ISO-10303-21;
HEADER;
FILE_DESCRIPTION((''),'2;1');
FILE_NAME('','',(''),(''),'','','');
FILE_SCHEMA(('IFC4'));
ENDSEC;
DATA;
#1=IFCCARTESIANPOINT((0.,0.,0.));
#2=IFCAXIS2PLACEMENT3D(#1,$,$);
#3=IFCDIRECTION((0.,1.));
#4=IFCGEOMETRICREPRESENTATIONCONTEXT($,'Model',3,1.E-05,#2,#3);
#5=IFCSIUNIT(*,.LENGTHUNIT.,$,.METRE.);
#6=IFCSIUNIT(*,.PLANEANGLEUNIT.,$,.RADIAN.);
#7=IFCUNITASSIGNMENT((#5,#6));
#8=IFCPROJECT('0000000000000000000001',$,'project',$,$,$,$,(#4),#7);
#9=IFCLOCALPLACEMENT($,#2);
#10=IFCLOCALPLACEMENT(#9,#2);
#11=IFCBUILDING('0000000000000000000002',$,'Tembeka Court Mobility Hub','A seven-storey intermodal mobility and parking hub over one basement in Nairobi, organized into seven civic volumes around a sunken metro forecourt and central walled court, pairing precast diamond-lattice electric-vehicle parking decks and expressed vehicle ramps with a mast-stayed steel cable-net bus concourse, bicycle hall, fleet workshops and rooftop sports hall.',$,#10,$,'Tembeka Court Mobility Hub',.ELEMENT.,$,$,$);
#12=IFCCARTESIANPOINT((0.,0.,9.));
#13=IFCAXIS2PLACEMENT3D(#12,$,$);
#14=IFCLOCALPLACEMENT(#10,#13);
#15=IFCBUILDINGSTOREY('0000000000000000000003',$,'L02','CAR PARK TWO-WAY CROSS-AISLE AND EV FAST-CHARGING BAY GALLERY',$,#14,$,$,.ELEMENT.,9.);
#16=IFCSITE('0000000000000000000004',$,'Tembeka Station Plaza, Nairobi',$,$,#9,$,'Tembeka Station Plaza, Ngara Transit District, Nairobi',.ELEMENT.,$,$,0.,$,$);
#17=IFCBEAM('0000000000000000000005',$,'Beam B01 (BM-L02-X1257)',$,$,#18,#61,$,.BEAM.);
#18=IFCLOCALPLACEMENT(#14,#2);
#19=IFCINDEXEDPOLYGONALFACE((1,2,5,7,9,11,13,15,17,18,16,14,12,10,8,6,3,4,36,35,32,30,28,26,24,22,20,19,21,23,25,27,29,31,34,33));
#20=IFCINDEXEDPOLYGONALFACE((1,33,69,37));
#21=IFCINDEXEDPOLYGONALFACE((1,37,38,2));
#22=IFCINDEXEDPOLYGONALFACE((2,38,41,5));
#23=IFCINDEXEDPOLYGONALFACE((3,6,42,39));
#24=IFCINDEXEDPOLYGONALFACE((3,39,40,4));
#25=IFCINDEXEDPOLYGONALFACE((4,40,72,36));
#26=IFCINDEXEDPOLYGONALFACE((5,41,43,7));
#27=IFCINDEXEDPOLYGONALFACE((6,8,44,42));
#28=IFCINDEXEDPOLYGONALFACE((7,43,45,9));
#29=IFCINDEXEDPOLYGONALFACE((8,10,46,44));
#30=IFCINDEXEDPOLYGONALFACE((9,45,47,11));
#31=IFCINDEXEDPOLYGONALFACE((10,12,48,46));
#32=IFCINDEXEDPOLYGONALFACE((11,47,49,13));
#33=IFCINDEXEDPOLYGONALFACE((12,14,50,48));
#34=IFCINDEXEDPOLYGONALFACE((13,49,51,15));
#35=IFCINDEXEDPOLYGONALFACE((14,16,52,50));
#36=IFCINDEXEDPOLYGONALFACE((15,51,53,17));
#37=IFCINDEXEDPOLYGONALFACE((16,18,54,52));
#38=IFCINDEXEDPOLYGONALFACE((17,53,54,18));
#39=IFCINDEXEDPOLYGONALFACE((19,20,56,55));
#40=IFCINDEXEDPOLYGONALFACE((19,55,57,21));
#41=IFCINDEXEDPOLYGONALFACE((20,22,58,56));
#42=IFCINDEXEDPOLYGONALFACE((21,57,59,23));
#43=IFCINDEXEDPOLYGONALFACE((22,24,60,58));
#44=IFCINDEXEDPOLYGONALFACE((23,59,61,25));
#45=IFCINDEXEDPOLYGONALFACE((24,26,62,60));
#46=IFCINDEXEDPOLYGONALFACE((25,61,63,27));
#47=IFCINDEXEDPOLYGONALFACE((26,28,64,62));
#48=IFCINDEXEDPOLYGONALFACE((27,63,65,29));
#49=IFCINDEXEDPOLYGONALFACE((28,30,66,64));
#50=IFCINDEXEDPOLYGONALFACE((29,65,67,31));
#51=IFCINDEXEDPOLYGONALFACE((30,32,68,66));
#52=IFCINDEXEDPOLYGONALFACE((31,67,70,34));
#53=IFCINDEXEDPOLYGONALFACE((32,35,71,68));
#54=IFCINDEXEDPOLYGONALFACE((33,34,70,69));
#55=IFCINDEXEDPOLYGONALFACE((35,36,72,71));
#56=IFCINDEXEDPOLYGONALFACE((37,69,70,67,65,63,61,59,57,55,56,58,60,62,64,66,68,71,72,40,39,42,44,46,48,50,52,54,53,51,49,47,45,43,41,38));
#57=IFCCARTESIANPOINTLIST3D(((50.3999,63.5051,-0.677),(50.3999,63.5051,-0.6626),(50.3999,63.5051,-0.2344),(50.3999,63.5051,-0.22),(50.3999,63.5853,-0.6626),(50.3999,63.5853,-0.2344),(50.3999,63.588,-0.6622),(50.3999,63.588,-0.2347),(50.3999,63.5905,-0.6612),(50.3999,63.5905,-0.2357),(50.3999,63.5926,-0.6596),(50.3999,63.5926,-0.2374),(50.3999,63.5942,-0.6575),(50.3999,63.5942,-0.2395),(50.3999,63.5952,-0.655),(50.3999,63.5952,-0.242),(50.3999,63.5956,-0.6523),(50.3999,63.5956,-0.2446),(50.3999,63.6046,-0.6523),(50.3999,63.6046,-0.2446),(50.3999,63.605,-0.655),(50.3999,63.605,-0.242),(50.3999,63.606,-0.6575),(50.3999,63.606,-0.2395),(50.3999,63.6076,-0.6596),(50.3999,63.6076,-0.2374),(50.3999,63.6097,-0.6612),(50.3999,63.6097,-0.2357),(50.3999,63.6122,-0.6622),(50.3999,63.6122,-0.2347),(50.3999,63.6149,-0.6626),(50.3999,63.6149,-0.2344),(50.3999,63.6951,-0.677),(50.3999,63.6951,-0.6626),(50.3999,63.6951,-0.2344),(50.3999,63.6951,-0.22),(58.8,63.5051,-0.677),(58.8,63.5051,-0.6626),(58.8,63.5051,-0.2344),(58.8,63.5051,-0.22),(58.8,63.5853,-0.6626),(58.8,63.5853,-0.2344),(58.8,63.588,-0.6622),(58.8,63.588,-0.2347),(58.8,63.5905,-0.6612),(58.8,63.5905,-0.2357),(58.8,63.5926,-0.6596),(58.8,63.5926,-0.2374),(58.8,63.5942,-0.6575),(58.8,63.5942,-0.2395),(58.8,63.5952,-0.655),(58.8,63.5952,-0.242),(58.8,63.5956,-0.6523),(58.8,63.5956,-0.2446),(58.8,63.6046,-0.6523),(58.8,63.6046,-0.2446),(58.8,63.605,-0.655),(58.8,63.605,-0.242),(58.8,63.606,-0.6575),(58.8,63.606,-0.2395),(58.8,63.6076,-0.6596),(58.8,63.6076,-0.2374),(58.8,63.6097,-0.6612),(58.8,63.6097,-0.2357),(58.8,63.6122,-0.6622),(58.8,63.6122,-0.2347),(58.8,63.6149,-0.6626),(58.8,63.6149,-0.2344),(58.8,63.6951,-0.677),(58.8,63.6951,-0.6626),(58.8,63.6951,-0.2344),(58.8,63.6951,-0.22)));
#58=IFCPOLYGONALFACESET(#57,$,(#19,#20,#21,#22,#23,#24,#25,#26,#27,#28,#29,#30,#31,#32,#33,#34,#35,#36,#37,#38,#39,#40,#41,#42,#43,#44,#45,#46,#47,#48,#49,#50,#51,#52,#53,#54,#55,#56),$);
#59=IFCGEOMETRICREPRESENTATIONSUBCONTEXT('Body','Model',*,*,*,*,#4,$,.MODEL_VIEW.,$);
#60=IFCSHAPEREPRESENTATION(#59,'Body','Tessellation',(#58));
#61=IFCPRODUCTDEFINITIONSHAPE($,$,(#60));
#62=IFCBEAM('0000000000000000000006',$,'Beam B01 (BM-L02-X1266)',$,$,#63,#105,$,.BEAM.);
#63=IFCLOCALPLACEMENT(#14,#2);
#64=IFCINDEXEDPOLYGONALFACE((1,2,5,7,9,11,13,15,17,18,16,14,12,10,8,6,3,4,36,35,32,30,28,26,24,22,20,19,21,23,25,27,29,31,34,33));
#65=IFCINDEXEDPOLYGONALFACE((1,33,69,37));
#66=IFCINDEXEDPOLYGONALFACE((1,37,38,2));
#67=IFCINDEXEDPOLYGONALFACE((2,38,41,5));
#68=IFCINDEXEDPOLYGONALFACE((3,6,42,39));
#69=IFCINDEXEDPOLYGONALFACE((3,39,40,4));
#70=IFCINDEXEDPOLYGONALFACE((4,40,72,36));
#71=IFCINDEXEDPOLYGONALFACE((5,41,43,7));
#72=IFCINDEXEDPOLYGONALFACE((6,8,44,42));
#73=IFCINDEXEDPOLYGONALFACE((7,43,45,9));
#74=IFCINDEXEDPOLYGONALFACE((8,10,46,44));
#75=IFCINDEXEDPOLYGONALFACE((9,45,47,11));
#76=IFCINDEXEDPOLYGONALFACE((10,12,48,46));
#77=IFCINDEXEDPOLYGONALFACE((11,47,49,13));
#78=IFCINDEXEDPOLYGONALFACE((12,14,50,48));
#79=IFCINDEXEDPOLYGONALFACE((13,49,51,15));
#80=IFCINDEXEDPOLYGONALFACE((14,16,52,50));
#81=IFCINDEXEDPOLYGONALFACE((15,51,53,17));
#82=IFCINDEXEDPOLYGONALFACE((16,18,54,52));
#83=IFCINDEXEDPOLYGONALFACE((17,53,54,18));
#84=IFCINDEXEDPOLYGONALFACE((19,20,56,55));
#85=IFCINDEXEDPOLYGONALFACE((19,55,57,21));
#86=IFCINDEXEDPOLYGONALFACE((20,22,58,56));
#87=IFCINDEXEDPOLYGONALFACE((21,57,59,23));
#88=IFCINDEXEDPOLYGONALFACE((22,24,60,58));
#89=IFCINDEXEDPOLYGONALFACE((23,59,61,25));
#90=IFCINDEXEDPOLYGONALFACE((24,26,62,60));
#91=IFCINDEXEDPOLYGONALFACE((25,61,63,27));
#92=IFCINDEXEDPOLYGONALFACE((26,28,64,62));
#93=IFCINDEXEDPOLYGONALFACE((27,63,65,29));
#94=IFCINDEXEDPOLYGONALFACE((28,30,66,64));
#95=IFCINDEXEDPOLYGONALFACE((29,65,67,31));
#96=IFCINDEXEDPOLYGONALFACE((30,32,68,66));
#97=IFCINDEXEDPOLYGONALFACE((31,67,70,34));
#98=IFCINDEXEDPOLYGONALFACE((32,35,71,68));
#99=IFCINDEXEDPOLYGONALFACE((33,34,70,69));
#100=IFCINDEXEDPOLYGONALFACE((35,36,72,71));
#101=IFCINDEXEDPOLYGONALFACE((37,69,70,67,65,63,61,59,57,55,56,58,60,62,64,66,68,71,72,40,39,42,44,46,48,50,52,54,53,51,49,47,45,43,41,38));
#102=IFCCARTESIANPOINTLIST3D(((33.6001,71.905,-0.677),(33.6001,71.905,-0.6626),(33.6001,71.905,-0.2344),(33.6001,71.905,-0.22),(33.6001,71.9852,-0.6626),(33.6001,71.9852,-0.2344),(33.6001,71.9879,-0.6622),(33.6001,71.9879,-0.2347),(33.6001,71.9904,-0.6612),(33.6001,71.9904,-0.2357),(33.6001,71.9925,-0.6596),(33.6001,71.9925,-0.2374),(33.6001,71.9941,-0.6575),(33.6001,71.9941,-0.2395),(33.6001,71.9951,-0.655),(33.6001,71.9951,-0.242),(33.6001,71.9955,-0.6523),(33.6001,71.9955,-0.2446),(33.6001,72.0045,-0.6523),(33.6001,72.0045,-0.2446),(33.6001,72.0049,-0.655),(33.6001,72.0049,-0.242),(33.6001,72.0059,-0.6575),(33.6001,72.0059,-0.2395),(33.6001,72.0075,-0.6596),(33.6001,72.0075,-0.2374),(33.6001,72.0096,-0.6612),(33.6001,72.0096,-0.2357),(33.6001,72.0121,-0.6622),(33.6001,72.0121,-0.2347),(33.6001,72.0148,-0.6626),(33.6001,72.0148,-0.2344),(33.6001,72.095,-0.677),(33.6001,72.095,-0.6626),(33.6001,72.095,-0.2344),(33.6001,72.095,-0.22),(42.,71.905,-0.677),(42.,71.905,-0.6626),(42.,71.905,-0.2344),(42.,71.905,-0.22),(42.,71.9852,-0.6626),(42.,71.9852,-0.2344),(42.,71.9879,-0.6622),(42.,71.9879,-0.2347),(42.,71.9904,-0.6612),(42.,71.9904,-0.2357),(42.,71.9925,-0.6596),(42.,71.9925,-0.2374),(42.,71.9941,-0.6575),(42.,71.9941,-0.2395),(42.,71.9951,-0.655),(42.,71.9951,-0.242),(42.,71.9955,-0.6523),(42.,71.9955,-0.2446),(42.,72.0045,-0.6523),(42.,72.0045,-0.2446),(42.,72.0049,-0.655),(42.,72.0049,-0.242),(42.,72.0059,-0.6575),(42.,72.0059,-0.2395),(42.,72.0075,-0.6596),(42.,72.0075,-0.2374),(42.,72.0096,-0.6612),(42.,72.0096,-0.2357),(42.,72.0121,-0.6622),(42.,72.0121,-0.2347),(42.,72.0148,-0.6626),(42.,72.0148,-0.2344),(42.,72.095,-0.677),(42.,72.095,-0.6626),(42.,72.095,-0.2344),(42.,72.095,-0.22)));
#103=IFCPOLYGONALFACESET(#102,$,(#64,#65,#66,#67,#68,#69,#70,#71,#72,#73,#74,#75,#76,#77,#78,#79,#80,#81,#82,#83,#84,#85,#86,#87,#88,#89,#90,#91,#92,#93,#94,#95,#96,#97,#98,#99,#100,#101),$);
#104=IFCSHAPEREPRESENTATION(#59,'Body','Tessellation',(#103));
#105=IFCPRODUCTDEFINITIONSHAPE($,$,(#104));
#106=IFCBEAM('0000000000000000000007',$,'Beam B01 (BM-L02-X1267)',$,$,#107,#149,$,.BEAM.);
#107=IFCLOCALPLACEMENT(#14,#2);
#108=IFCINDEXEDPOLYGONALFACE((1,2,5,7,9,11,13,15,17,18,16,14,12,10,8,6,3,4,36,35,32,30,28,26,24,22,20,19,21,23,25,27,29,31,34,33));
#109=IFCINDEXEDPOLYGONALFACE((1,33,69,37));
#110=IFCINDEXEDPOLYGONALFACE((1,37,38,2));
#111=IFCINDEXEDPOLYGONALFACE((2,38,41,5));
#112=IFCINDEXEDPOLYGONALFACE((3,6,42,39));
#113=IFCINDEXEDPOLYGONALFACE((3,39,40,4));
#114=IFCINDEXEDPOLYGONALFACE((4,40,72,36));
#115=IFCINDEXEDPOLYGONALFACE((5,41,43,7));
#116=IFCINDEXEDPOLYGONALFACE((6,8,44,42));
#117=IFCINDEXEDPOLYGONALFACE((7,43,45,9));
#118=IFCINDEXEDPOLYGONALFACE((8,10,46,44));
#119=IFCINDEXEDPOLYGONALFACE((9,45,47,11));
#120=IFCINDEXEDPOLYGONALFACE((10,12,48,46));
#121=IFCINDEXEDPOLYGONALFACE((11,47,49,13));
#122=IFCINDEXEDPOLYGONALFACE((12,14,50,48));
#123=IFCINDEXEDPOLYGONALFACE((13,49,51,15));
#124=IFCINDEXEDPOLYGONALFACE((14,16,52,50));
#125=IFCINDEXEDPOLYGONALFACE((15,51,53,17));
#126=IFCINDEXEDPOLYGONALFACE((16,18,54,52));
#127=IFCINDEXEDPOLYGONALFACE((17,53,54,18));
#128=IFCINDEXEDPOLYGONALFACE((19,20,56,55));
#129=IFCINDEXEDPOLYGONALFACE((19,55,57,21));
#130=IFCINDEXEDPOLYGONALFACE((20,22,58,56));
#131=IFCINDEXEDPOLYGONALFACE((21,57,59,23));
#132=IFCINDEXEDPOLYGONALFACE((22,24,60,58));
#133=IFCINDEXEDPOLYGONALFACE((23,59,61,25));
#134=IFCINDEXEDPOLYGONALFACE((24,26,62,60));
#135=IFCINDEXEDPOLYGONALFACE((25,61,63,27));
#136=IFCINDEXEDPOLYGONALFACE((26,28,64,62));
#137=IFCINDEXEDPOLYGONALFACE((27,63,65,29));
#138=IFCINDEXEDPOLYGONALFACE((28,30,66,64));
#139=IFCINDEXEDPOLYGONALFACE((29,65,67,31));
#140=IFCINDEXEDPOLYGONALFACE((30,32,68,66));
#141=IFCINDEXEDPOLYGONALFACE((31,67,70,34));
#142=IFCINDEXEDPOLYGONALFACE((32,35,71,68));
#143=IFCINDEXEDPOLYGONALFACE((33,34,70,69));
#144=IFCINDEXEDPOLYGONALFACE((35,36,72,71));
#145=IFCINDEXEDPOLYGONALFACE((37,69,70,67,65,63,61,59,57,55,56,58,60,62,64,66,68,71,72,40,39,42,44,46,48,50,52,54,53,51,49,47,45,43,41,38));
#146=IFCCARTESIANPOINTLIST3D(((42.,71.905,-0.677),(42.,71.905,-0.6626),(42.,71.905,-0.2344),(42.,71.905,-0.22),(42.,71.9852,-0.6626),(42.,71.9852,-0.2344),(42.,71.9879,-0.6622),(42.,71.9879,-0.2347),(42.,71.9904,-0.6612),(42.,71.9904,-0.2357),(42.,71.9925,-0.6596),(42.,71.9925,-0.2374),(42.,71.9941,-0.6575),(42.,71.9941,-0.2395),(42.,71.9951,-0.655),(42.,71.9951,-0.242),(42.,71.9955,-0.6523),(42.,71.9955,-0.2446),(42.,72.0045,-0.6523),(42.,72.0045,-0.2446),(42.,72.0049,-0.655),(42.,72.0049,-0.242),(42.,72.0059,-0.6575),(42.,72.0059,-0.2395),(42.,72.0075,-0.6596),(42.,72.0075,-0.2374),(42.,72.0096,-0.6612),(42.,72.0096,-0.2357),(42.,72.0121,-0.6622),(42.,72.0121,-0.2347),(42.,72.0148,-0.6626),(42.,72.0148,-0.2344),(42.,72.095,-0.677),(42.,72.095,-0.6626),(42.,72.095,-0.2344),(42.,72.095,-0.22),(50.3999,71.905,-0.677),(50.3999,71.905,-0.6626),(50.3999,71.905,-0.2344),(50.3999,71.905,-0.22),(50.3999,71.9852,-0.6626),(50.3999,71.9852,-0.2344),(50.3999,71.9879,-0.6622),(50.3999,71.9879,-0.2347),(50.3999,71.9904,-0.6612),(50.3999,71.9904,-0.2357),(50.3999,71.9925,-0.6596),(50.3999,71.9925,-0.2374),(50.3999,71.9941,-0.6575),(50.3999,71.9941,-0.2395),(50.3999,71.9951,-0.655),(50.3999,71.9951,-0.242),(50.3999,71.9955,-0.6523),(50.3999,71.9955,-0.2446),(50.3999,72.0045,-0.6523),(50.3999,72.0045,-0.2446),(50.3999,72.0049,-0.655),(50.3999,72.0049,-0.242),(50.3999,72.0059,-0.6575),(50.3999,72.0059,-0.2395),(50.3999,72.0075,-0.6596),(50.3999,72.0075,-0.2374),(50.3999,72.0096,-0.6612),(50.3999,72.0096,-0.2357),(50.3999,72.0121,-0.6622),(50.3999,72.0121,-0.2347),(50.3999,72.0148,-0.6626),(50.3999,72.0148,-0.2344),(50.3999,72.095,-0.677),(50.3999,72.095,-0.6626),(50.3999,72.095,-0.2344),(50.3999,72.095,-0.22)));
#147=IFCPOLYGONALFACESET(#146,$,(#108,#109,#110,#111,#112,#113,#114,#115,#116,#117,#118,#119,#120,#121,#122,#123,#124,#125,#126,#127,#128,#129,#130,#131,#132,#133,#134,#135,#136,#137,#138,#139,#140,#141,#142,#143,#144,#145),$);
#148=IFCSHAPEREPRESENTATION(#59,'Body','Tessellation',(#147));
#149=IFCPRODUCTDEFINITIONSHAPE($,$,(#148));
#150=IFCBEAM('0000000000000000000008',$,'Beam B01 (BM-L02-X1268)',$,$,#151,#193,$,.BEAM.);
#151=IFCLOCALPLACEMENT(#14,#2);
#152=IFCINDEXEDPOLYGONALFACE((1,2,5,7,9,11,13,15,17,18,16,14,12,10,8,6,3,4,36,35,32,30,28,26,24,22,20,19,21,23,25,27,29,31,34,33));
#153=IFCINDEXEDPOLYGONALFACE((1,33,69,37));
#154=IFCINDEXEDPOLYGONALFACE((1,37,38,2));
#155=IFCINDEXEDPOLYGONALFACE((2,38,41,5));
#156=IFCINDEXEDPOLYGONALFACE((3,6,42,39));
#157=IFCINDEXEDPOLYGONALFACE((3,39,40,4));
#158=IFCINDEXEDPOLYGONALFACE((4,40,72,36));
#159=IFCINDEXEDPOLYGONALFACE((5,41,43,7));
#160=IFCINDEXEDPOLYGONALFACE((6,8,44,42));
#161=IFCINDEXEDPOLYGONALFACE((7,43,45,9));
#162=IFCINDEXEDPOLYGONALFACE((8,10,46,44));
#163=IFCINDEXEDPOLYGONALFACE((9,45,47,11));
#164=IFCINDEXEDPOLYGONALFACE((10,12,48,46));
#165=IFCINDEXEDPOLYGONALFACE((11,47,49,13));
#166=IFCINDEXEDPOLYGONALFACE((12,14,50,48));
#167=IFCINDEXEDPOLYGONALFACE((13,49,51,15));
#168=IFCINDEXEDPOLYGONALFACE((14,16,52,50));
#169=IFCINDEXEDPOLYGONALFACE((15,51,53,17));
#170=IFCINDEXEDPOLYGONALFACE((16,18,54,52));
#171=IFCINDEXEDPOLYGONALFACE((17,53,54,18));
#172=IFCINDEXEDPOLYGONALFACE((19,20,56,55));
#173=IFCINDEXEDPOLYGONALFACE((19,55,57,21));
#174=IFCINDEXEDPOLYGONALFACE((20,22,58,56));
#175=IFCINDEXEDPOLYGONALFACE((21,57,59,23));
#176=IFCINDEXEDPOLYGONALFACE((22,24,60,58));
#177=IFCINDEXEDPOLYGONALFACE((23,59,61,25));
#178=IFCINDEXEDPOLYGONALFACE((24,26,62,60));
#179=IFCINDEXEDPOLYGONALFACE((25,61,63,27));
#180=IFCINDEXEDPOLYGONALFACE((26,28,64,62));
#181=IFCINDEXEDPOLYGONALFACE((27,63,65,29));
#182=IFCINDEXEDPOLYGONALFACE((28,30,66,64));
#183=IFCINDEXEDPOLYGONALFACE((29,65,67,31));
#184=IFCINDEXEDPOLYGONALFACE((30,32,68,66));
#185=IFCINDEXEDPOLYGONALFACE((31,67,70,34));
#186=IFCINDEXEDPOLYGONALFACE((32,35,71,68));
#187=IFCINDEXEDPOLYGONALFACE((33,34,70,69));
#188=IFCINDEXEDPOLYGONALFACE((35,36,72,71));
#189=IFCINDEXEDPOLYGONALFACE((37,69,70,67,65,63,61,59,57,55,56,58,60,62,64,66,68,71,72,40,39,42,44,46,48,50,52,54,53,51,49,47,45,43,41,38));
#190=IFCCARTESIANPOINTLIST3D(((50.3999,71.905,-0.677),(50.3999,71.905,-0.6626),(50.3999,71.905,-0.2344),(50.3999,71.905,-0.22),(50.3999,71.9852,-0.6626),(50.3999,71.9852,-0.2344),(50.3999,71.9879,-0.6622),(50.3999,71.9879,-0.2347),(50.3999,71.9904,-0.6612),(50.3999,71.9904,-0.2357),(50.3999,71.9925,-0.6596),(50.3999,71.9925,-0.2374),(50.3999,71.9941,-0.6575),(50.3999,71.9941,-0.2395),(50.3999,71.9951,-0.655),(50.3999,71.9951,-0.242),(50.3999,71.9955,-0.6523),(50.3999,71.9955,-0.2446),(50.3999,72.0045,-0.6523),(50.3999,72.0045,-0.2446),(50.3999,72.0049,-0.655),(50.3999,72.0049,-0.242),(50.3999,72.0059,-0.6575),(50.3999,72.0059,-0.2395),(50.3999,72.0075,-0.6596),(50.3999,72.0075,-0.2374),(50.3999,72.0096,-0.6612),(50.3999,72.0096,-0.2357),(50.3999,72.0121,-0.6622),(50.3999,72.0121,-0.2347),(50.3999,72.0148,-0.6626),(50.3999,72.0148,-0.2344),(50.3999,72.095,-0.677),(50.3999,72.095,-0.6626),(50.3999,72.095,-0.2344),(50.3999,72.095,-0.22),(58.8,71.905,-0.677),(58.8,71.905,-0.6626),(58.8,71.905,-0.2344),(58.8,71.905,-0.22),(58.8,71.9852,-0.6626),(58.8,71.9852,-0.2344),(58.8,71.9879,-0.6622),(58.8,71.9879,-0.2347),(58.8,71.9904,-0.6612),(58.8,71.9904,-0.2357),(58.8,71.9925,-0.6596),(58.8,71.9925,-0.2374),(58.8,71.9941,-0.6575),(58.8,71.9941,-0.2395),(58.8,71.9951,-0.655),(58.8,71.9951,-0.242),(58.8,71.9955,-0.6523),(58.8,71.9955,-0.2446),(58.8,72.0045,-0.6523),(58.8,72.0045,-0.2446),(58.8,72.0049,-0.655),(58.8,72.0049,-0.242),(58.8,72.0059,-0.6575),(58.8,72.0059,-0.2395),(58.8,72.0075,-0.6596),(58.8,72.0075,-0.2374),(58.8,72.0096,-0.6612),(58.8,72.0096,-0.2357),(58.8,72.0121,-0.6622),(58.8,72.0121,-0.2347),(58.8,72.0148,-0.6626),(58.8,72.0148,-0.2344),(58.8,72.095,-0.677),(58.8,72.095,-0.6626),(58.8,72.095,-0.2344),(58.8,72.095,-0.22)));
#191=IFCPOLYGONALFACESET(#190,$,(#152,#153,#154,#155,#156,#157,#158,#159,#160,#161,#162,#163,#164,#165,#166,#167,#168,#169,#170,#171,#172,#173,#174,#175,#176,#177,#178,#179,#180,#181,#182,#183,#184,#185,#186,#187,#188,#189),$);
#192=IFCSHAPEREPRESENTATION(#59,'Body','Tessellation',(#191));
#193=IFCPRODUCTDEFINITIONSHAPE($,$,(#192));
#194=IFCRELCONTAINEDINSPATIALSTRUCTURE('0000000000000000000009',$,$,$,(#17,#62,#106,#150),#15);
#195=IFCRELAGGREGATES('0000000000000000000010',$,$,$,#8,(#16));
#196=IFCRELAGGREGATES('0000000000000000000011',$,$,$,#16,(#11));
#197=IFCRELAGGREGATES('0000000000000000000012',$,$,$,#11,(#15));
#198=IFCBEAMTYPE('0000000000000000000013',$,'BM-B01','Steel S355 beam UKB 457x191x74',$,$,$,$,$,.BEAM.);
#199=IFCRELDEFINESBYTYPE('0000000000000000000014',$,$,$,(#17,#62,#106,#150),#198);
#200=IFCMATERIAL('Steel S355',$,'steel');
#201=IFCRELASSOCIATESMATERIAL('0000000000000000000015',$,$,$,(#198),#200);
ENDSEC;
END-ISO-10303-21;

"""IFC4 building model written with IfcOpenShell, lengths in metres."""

from ifc_helpers import new_model, si_unit, direction, frame, origin, origin_2d, place, context, subcontext, project, spatial, i_section, extrude, material, material_profile, profile_set, type_object, element, save


model = new_model("IFC4")

# Units and contexts
model_context = context("Model", 3, precision=1e-05, world=origin(), true_north=direction((0.0, 1.0)))
body_context = subcontext(model_context, "Body", "Model", "MODEL_VIEW")
ifc_project = project(units=[si_unit("LENGTHUNIT", "METRE"), si_unit("PLANEANGLEUNIT", "RADIAN")], contexts=[model_context])

# Site, building, storey
site_placement = place(None, origin())
site = spatial("IfcSite", under=ifc_project, at=site_placement, Name="Tembeka Station Plaza, Nairobi", LongName="Tembeka Station Plaza, Ngara Transit District, Nairobi", CompositionType="ELEMENT", RefElevation=0.0)
building_placement = place(site_placement, origin())
building = spatial("IfcBuilding", under=site, at=building_placement, Name="Tembeka Court Mobility Hub", Description="A seven-storey intermodal mobility and parking hub over one basement in Nairobi, organized into seven civic volumes around a sunken metro forecourt and central walled court, pairing precast diamond-lattice electric-vehicle parking decks and expressed vehicle ramps with a mast-stayed steel cable-net bus concourse, bicycle hall, fleet workshops and rooftop sports hall.", LongName="Tembeka Court Mobility Hub", CompositionType="ELEMENT")
storey_placement = place(building_placement, frame((0.0, 0.0, 9.0)))
storey = spatial("IfcBuildingStorey", under=building, at=storey_placement, Name="L02", Description="CAR PARK TWO-WAY CROSS-AISLE AND EV FAST-CHARGING BAY GALLERY", CompositionType="ELEMENT", Elevation=9.0)

# Shared definitions
ifc_material = material(Name="Steel S355", Category="steel")

# Beams
ifc_material_profile_1 = material_profile(ifc_material, i_section(OverallWidth=0.1899, OverallDepth=0.457, WebThickness=0.009, FlangeThickness=0.0144, FilletRadius=0.0103, at=origin_2d()), Name="UKB 457x191x74")
ifc_profile_set_1 = profile_set([ifc_material_profile_1], Name="Steel S355")
beam_type_1 = type_object("IfcBeamType", Name="BM-B01", Description="Steel S355 beam UKB 457x191x74", PredefinedType="BEAM", material=ifc_profile_set_1)
beam_1_placement = place(storey_placement, frame((50.3999, 63.6001, -0.4485), z_axis=(1.0, 0.0, 0.0), x_axis=(0.0, 1.0, 0.0)))
element("IfcBeam", 1, at=beam_1_placement, inside=storey, type_object=beam_type_1, Name="Beam B01 (BM-L02-X1257)", PredefinedType="BEAM", context=body_context, shape_type="SweptSolid", body=[
    extrude(i_section(OverallWidth=0.1899, OverallDepth=0.457, WebThickness=0.009, FlangeThickness=0.0144, FilletRadius=0.0103, at=origin_2d()), origin(), (0.0, 0.0, 1.0), 8.4001),
])
for number, where, z_axis, x_axis, name in (
    (2, (33.6001, 72.0, -0.4485), (1.0, 0.0, 0.0), (0.0, 1.0, 0.0), "Beam B01 (BM-L02-X1266)"),
    (3, (42.0, 72.0, -0.4485), (1.0, 0.0, 0.0), (0.0, 1.0, 0.0), "Beam B01 (BM-L02-X1267)"),
):
    element("IfcBeam", number, at=place(storey_placement, frame(where, z_axis=z_axis, x_axis=x_axis)), inside=storey, type_object=beam_type_1, Name=name, PredefinedType="BEAM", context=body_context, shape_type="SweptSolid", body=[
        extrude(i_section(OverallWidth=0.1899, OverallDepth=0.457, WebThickness=0.009, FlangeThickness=0.0144, FilletRadius=0.0103, at=origin_2d()), origin(), (0.0, 0.0, 1.0), 8.3999),
    ])
beam_2_placement = place(storey_placement, frame((50.3999, 72.0, -0.4485), z_axis=(1.0, 0.0, 0.0), x_axis=(0.0, 1.0, 0.0)))
element("IfcBeam", 4, at=beam_2_placement, inside=storey, type_object=beam_type_1, Name="Beam B01 (BM-L02-X1268)", PredefinedType="BEAM", context=body_context, shape_type="SweptSolid", body=[
    extrude(i_section(OverallWidth=0.1899, OverallDepth=0.457, WebThickness=0.009, FlangeThickness=0.0144, FilletRadius=0.0103, at=origin_2d()), origin(), (0.0, 0.0, 1.0), 8.4001),
])

save(model, "model.ifc")
